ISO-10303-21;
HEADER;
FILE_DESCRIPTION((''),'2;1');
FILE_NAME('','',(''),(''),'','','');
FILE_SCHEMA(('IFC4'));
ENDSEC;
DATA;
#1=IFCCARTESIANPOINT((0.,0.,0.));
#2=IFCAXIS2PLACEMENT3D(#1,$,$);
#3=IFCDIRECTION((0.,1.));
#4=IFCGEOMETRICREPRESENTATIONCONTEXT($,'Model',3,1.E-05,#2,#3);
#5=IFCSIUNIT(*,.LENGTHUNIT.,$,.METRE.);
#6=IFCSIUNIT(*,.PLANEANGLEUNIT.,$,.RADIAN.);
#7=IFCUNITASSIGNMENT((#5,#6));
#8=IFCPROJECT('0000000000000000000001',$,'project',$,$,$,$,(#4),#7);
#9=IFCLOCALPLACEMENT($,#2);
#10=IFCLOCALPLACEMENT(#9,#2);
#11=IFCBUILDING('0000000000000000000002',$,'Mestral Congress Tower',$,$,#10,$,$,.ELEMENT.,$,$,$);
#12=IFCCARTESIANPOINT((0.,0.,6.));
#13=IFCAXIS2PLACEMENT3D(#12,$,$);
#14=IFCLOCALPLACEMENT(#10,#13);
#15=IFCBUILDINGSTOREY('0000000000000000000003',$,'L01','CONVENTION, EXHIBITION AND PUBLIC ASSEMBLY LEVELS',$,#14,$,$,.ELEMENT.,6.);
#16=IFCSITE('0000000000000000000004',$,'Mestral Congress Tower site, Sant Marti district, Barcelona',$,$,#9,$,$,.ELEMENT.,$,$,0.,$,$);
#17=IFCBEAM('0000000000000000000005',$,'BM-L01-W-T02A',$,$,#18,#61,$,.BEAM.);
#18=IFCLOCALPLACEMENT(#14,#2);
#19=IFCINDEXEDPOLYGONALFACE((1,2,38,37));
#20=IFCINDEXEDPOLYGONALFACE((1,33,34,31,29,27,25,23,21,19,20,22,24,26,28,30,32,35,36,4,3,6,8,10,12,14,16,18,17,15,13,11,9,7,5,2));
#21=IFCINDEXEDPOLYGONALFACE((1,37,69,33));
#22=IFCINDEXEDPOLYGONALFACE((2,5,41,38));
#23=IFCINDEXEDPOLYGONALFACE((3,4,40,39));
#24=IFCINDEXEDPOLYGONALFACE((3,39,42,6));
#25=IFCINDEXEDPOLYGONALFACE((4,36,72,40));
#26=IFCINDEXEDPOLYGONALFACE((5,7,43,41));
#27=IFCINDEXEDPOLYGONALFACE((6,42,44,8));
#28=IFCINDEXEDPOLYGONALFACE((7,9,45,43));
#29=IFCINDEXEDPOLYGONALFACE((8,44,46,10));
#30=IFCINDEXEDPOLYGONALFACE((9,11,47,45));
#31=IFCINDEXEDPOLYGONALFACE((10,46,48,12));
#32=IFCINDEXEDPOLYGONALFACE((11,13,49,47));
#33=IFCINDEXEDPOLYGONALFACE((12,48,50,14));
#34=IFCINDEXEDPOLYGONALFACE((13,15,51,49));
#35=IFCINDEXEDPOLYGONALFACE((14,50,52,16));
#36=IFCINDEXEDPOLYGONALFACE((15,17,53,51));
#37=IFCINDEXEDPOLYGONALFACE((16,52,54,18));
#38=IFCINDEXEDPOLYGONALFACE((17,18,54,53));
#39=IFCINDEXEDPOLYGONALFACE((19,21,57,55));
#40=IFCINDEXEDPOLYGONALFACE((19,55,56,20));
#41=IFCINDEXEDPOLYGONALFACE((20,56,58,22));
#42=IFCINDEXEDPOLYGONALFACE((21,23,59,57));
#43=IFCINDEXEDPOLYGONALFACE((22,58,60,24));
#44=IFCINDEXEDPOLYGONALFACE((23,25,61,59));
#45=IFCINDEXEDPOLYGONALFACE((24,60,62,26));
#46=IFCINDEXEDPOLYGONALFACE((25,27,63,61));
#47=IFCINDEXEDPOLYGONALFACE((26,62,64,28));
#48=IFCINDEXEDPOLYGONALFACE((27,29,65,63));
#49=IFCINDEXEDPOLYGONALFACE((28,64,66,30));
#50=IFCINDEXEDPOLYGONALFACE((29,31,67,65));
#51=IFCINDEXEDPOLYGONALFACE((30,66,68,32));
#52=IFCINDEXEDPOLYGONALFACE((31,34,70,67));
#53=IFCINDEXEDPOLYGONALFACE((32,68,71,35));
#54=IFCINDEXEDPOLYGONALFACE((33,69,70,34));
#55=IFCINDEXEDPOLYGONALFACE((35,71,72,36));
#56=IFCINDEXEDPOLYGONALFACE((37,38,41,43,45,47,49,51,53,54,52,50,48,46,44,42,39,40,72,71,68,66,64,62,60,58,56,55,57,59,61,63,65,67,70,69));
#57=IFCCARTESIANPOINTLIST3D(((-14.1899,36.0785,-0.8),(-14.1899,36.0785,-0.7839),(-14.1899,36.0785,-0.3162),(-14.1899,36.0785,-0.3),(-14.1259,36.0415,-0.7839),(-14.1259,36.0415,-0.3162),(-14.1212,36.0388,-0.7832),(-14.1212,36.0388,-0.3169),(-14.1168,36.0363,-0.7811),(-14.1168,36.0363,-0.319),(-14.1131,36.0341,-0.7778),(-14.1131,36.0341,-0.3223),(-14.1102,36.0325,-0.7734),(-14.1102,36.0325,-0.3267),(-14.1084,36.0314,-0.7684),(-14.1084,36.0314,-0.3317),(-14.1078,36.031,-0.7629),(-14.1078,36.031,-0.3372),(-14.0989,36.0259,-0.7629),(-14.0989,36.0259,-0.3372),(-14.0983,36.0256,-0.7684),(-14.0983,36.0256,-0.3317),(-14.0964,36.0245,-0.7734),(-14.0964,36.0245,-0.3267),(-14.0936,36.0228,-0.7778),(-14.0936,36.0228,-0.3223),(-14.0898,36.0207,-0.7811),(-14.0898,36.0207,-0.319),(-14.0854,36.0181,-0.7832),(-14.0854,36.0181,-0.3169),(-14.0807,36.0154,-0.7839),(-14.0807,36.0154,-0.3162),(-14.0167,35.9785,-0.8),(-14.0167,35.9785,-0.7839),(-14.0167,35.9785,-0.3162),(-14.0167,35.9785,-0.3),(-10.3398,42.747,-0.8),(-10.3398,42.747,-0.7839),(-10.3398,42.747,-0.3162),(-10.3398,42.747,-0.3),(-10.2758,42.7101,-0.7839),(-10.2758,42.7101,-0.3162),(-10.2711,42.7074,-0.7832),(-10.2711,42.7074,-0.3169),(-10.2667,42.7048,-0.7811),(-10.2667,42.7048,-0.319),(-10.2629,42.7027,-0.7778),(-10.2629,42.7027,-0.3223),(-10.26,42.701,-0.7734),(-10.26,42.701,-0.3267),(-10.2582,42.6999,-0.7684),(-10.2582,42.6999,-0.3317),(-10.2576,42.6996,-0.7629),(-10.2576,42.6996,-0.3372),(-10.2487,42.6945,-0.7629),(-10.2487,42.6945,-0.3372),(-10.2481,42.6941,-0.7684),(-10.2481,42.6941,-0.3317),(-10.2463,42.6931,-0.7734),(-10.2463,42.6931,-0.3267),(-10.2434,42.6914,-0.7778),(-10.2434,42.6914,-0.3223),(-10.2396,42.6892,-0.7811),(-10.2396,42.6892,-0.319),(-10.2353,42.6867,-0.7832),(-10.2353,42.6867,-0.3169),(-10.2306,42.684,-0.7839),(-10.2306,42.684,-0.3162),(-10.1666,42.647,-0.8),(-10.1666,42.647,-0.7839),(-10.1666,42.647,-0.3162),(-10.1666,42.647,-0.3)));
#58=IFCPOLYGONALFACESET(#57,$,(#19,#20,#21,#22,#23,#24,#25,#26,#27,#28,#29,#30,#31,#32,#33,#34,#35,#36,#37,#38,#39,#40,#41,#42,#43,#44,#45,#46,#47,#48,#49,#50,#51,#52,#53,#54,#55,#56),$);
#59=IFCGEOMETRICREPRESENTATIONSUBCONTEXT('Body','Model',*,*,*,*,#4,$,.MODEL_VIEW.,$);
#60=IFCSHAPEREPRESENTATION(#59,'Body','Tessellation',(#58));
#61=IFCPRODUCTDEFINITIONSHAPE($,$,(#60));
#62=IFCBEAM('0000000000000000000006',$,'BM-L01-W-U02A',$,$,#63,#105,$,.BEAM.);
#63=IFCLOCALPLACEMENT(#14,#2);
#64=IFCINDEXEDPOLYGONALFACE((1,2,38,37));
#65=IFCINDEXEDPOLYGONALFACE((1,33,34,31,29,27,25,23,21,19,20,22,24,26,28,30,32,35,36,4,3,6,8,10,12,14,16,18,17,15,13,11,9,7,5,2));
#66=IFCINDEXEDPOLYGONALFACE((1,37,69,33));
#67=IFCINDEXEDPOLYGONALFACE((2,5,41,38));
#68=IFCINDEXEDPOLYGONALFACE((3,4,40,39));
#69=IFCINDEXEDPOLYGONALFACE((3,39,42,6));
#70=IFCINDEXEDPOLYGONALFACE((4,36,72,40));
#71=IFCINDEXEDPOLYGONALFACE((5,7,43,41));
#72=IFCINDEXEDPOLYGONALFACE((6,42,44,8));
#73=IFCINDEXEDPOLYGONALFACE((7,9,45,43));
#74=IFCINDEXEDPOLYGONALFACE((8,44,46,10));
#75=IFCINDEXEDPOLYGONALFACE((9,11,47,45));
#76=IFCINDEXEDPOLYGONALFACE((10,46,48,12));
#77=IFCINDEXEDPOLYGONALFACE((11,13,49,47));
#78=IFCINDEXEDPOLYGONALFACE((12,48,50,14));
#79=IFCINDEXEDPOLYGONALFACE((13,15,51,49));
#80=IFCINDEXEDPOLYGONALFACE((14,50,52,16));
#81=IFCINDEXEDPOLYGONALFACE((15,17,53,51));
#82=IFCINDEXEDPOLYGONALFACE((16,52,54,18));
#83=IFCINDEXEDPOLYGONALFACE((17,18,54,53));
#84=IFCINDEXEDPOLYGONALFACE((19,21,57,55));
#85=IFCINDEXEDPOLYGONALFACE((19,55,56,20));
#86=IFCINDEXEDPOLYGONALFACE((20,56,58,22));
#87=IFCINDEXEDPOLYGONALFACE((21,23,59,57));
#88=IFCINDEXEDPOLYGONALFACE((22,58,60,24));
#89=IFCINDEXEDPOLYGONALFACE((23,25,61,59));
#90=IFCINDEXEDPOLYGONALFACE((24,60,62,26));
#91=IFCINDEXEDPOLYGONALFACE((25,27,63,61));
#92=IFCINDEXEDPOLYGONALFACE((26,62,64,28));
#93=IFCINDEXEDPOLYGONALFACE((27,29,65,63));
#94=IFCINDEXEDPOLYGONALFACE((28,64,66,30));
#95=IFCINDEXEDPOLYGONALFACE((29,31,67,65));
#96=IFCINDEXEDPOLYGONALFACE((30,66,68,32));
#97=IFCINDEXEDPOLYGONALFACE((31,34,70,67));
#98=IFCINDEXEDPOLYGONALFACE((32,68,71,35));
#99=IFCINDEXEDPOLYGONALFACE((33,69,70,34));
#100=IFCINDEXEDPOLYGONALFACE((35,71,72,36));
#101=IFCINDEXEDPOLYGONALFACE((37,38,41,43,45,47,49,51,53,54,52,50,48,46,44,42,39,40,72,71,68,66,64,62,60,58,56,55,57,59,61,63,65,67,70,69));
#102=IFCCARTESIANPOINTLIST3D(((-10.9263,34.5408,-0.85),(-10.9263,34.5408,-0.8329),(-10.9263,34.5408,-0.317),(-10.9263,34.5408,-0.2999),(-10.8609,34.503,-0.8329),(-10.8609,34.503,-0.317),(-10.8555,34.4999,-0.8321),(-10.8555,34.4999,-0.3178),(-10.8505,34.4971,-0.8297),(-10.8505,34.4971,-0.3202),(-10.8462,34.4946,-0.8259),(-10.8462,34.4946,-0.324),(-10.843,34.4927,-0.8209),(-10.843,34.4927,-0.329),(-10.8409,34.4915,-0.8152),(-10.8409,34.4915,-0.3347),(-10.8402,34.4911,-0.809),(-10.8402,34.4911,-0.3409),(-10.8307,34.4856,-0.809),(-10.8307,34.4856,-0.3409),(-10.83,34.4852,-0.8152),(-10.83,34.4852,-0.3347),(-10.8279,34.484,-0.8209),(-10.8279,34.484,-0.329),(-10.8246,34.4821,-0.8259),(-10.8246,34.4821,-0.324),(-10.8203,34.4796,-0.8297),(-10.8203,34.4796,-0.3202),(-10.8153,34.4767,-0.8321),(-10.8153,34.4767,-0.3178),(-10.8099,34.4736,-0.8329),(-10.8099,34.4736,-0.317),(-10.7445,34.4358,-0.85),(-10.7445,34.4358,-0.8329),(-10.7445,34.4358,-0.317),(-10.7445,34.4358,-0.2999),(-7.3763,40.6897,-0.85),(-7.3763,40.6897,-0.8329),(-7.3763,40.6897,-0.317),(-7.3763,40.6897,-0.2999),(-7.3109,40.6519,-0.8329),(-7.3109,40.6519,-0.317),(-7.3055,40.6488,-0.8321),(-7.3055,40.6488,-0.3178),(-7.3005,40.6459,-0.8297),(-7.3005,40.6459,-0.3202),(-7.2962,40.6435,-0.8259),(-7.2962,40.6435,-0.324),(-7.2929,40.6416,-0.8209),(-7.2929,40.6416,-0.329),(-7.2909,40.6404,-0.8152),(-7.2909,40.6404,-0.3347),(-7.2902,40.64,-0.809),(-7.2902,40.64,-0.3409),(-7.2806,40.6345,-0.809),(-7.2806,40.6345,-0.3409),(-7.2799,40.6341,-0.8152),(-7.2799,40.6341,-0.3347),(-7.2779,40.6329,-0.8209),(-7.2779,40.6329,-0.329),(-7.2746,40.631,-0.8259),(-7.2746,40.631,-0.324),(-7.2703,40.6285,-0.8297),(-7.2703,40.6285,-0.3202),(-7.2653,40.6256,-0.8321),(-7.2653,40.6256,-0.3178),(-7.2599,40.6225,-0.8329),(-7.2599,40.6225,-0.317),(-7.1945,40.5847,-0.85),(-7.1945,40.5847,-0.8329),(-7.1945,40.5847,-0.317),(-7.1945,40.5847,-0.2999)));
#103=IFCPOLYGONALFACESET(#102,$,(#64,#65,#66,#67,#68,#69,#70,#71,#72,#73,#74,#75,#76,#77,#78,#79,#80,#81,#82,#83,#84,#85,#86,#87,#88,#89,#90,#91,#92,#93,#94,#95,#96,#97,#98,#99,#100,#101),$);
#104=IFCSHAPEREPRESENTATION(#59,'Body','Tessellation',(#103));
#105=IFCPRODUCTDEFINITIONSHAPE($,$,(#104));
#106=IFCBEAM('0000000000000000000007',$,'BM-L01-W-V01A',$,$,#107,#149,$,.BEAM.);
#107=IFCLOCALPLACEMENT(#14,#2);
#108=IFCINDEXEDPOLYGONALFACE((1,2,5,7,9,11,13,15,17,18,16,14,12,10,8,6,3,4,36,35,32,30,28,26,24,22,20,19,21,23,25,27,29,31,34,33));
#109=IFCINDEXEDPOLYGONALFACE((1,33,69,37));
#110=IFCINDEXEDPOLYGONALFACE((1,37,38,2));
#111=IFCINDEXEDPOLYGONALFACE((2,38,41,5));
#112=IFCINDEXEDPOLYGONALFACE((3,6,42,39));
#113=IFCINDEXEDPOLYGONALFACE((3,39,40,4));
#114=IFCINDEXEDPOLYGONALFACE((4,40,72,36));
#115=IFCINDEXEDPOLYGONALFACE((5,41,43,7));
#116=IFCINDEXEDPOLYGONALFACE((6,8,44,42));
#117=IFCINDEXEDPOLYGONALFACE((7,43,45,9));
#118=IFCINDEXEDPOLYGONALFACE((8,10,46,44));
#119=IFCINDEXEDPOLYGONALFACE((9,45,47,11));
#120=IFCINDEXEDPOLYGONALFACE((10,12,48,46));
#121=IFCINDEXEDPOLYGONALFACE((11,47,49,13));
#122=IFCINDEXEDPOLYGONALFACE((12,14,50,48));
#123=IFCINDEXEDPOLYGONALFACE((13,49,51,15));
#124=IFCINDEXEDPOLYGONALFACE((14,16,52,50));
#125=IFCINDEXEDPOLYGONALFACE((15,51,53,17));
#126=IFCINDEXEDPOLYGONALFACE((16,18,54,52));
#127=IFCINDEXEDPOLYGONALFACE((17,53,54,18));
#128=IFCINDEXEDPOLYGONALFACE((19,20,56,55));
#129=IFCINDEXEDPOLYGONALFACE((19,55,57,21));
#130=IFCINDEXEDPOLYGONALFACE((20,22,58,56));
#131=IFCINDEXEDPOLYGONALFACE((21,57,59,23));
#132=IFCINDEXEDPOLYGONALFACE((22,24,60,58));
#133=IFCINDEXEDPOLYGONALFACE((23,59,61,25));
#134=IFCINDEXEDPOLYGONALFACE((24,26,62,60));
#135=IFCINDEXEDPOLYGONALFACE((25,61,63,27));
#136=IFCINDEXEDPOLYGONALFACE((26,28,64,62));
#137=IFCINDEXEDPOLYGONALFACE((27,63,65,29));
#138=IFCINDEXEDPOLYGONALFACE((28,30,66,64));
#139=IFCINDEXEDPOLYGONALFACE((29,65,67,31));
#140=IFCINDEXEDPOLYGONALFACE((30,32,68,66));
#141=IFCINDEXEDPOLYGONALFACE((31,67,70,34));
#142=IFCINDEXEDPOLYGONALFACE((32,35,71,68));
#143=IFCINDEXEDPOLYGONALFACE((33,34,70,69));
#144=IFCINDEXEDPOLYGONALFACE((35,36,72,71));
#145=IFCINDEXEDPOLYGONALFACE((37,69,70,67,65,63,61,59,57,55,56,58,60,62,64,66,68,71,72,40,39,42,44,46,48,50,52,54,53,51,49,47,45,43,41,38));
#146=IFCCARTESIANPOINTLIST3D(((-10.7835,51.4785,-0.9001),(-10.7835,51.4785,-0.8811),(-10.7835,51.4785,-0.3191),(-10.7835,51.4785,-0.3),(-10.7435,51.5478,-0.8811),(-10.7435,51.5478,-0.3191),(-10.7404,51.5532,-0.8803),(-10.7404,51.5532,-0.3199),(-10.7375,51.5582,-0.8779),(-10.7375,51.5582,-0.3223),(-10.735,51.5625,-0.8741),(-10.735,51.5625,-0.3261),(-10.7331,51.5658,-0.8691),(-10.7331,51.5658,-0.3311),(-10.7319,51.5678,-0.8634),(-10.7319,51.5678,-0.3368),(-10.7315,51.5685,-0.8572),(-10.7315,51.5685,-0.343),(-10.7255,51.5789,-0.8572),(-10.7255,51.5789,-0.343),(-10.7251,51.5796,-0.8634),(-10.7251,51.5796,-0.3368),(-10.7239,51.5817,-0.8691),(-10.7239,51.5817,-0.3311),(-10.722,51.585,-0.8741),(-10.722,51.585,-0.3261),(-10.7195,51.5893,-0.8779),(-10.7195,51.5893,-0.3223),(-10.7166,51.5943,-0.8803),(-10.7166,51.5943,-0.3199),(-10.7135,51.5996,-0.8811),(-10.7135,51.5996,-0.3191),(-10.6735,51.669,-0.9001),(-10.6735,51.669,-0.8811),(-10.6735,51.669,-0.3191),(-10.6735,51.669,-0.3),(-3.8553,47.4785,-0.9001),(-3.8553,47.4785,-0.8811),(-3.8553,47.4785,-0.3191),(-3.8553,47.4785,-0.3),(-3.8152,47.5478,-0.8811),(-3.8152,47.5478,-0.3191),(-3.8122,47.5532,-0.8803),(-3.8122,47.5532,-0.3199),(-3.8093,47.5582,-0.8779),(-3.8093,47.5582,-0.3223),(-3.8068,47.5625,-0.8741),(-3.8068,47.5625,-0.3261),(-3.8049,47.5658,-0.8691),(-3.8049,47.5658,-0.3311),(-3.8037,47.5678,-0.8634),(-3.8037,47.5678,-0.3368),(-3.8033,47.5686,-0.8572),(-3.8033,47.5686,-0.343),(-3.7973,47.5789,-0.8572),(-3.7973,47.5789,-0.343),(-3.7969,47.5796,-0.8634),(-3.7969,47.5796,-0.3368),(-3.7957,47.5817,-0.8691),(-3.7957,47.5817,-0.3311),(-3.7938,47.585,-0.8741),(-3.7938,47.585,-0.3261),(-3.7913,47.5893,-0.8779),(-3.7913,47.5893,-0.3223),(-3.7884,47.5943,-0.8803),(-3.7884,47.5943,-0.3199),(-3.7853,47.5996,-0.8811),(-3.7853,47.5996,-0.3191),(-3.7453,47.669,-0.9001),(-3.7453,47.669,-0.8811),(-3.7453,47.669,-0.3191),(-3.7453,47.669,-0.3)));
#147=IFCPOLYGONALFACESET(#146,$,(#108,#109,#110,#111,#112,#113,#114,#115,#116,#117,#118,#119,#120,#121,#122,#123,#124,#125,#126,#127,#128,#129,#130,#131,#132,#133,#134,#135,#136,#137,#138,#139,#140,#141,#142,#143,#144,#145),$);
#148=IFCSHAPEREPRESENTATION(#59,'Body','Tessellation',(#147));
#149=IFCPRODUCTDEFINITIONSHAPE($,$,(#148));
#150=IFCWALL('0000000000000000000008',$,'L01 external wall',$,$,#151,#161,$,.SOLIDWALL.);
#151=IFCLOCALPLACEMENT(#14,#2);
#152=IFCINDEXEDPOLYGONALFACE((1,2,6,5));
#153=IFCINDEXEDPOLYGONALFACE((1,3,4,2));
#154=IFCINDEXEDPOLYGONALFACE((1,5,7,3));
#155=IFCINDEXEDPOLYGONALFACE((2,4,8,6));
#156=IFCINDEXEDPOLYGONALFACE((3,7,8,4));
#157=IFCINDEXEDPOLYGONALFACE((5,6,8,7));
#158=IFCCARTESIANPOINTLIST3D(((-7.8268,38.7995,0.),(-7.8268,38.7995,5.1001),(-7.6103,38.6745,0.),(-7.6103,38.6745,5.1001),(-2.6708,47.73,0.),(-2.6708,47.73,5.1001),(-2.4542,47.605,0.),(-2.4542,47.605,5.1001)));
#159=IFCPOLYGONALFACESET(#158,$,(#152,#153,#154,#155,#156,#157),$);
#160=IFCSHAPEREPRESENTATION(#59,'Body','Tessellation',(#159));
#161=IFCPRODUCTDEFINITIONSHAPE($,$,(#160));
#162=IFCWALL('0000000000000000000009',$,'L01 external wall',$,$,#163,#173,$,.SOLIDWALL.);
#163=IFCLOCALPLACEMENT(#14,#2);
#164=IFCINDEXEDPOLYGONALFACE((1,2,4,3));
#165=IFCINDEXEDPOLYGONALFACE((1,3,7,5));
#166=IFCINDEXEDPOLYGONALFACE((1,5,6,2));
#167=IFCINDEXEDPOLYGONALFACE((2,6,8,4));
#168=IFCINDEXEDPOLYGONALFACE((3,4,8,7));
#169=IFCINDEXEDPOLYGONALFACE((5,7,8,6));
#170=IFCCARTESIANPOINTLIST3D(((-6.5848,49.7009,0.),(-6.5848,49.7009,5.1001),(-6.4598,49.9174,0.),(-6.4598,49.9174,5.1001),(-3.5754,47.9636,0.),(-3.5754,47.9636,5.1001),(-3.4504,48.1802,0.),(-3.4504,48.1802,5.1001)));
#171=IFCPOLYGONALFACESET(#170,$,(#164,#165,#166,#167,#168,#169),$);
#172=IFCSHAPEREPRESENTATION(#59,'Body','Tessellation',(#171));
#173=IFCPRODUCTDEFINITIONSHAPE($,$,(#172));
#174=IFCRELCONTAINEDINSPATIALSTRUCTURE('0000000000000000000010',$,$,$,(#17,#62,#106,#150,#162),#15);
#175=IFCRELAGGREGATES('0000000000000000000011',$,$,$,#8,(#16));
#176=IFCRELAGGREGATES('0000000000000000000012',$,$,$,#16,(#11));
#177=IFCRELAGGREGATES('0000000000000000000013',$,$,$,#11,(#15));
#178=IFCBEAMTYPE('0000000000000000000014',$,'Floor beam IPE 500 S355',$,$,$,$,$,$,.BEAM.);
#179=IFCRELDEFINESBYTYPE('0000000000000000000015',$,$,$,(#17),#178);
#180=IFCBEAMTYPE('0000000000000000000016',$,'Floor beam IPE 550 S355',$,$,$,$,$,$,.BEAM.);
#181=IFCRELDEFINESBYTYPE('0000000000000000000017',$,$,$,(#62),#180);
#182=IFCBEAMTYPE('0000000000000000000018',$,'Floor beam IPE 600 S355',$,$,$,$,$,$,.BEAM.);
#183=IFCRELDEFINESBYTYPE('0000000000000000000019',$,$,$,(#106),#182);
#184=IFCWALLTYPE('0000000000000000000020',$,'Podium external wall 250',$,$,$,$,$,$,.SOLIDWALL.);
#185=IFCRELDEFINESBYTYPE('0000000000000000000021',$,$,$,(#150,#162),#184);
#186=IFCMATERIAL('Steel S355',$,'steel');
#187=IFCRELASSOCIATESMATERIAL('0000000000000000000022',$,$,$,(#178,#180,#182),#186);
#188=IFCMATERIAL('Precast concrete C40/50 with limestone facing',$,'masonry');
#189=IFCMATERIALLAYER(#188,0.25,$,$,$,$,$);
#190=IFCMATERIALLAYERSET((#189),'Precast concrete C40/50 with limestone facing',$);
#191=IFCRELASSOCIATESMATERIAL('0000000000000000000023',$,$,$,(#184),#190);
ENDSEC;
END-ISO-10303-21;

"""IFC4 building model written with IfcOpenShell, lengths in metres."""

from ifc_helpers import new_model, si_unit, direction, frame, frame_2d, origin, origin_2d, place, context, subcontext, project, spatial, rectangle, i_section, extrude, material, layer, layer_set, material_profile, profile_set, type_object, element, save


model = new_model("IFC4")

# Units and contexts
model_context = context("Model", 3, precision=1e-05, world=origin(), true_north=direction((0.0, 1.0)))
body_context = subcontext(model_context, "Body", "Model", "MODEL_VIEW")
ifc_project = project(units=[si_unit("LENGTHUNIT", "METRE"), si_unit("PLANEANGLEUNIT", "RADIAN")], contexts=[model_context])

# Site, building, storey
site_placement = place(None, origin())
site = spatial("IfcSite", under=ifc_project, at=site_placement, Name="Mestral Congress Tower site, Sant Marti district, Barcelona", CompositionType="ELEMENT", RefElevation=0.0)
building_placement = place(site_placement, origin())
building = spatial("IfcBuilding", under=site, at=building_placement, Name="Mestral Congress Tower", CompositionType="ELEMENT")
storey_placement = place(building_placement, frame((0.0, 0.0, 6.0)))
storey = spatial("IfcBuildingStorey", under=building, at=storey_placement, Name="L01", Description="CONVENTION, EXHIBITION AND PUBLIC ASSEMBLY LEVELS", CompositionType="ELEMENT", Elevation=6.0)

# Beams
ifc_material_1 = material(Name="Steel S355", Category="steel")
ifc_material_profile_1 = material_profile(ifc_material_1, i_section(OverallWidth=0.2, OverallDepth=0.5, WebThickness=0.0103, FlangeThickness=0.0161, FilletRadius=0.021, at=origin_2d()), Name="IPE 500")
ifc_profile_set_1 = profile_set([ifc_material_profile_1], Name="Steel S355")
beam_type_1 = type_object("IfcBeamType", Name="Floor beam IPE 500 S355", PredefinedType="BEAM", material=ifc_profile_set_1)
beam_1_placement = place(storey_placement, frame((-10.2532, 42.697, -0.55), z_axis=(-0.500006, -0.866022, 0.0), x_axis=(0.866022, -0.500006, 0.0)))
element("IfcBeam", 1, at=beam_1_placement, inside=storey, type_object=beam_type_1, Name="BM-L01-W-T02A", PredefinedType="BEAM", context=body_context, shape_type="SweptSolid", body=[
    extrude(i_section(OverallWidth=0.2, OverallDepth=0.5, WebThickness=0.0103, FlangeThickness=0.0161, FilletRadius=0.021, at=origin_2d()), origin(), (0.0, 0.0, 1.0), 7.7002),
])
ifc_material_profile_2 = material_profile(ifc_material_1, i_section(OverallWidth=0.21, OverallDepth=0.55, WebThickness=0.011, FlangeThickness=0.0171, FilletRadius=0.0239, at=origin_2d()), Name="IPE 550")
ifc_profile_set_2 = profile_set([ifc_material_profile_2], Name="Steel S355")
beam_type_2 = type_object("IfcBeamType", Name="Floor beam IPE 550 S355", PredefinedType="BEAM", material=ifc_profile_set_2)
beam_2_placement = place(storey_placement, frame((-7.2854, 40.6372, -0.575), z_axis=(-0.499996, -0.866028, 0.0), x_axis=(0.866028, -0.499996, 0.0)))
element("IfcBeam", 2, at=beam_2_placement, inside=storey, type_object=beam_type_2, Name="BM-L01-W-U02A", PredefinedType="BEAM", context=body_context, shape_type="SweptSolid", body=[
    extrude(i_section(OverallWidth=0.21, OverallDepth=0.55, WebThickness=0.011, FlangeThickness=0.0171, FilletRadius=0.0239, at=origin_2d()), origin(), (0.0, 0.0, 1.0), 7.1001),
])
ifc_material_profile_3 = material_profile(ifc_material_1, i_section(OverallWidth=0.22, OverallDepth=0.6001, WebThickness=0.012, FlangeThickness=0.019, FilletRadius=0.0239, at=origin_2d()), Name="IPE 600")
ifc_profile_set_3 = profile_set([ifc_material_profile_3], Name="Steel S355")
beam_type_3 = type_object("IfcBeamType", Name="Floor beam IPE 600 S355", PredefinedType="BEAM", material=ifc_profile_set_3)
beam_3_placement = place(storey_placement, frame((-3.8003, 47.5737, -0.6001), z_axis=(-0.866026, 0.499999, 0.0), x_axis=(-0.499999, -0.866026, 0.0)))
element("IfcBeam", 3, at=beam_3_placement, inside=storey, type_object=beam_type_3, Name="BM-L01-W-V01A", PredefinedType="BEAM", context=body_context, shape_type="SweptSolid", body=[
    extrude(i_section(OverallWidth=0.22, OverallDepth=0.6001, WebThickness=0.012, FlangeThickness=0.019, FilletRadius=0.0239, at=origin_2d()), origin(), (0.0, 0.0, 1.0), 8.0),
])

# Walls
ifc_material_2 = material(Name="Precast concrete C40/50 with limestone facing", Category="masonry")
ifc_layer_1 = layer(ifc_material_2, 0.25)
ifc_layer_set_1 = layer_set([ifc_layer_1], Name="Precast concrete C40/50 with limestone facing")
wall_type_1 = type_object("IfcWallType", Name="Podium external wall 250", PredefinedType="SOLIDWALL", material=ifc_layer_set_1)
wall_1_placement = place(storey_placement, frame((-2.5625, 47.6675, 0.0), z_axis=(0.0, 0.0, 1.0), x_axis=(-0.500002, -0.866024, 0.0)))
element("IfcWall", 4, at=wall_1_placement, inside=storey, type_object=wall_type_1, Name="L01 external wall", PredefinedType="SOLIDWALL", context=body_context, shape_type="SweptSolid", body=[
    extrude(rectangle(XDim=10.312, YDim=0.25, at=frame_2d((5.156, 0.0))), origin(), (0.0, 0.0, 1.0), 5.1001),
])
wall_2_placement = place(storey_placement, frame((-6.5222, 49.8091, 0.0), z_axis=(0.0, 0.0, 1.0), x_axis=(0.866056, -0.499947, 0.0)))
element("IfcWall", 5, at=wall_2_placement, inside=storey, type_object=wall_type_1, Name="L01 external wall", PredefinedType="SOLIDWALL", context=body_context, shape_type="SweptSolid", body=[
    extrude(rectangle(XDim=3.4749, YDim=0.25, at=frame_2d((1.7373, 0.0))), origin(), (0.0, 0.0, 1.0), 5.1001),
])

save(model, "model.ifc")
